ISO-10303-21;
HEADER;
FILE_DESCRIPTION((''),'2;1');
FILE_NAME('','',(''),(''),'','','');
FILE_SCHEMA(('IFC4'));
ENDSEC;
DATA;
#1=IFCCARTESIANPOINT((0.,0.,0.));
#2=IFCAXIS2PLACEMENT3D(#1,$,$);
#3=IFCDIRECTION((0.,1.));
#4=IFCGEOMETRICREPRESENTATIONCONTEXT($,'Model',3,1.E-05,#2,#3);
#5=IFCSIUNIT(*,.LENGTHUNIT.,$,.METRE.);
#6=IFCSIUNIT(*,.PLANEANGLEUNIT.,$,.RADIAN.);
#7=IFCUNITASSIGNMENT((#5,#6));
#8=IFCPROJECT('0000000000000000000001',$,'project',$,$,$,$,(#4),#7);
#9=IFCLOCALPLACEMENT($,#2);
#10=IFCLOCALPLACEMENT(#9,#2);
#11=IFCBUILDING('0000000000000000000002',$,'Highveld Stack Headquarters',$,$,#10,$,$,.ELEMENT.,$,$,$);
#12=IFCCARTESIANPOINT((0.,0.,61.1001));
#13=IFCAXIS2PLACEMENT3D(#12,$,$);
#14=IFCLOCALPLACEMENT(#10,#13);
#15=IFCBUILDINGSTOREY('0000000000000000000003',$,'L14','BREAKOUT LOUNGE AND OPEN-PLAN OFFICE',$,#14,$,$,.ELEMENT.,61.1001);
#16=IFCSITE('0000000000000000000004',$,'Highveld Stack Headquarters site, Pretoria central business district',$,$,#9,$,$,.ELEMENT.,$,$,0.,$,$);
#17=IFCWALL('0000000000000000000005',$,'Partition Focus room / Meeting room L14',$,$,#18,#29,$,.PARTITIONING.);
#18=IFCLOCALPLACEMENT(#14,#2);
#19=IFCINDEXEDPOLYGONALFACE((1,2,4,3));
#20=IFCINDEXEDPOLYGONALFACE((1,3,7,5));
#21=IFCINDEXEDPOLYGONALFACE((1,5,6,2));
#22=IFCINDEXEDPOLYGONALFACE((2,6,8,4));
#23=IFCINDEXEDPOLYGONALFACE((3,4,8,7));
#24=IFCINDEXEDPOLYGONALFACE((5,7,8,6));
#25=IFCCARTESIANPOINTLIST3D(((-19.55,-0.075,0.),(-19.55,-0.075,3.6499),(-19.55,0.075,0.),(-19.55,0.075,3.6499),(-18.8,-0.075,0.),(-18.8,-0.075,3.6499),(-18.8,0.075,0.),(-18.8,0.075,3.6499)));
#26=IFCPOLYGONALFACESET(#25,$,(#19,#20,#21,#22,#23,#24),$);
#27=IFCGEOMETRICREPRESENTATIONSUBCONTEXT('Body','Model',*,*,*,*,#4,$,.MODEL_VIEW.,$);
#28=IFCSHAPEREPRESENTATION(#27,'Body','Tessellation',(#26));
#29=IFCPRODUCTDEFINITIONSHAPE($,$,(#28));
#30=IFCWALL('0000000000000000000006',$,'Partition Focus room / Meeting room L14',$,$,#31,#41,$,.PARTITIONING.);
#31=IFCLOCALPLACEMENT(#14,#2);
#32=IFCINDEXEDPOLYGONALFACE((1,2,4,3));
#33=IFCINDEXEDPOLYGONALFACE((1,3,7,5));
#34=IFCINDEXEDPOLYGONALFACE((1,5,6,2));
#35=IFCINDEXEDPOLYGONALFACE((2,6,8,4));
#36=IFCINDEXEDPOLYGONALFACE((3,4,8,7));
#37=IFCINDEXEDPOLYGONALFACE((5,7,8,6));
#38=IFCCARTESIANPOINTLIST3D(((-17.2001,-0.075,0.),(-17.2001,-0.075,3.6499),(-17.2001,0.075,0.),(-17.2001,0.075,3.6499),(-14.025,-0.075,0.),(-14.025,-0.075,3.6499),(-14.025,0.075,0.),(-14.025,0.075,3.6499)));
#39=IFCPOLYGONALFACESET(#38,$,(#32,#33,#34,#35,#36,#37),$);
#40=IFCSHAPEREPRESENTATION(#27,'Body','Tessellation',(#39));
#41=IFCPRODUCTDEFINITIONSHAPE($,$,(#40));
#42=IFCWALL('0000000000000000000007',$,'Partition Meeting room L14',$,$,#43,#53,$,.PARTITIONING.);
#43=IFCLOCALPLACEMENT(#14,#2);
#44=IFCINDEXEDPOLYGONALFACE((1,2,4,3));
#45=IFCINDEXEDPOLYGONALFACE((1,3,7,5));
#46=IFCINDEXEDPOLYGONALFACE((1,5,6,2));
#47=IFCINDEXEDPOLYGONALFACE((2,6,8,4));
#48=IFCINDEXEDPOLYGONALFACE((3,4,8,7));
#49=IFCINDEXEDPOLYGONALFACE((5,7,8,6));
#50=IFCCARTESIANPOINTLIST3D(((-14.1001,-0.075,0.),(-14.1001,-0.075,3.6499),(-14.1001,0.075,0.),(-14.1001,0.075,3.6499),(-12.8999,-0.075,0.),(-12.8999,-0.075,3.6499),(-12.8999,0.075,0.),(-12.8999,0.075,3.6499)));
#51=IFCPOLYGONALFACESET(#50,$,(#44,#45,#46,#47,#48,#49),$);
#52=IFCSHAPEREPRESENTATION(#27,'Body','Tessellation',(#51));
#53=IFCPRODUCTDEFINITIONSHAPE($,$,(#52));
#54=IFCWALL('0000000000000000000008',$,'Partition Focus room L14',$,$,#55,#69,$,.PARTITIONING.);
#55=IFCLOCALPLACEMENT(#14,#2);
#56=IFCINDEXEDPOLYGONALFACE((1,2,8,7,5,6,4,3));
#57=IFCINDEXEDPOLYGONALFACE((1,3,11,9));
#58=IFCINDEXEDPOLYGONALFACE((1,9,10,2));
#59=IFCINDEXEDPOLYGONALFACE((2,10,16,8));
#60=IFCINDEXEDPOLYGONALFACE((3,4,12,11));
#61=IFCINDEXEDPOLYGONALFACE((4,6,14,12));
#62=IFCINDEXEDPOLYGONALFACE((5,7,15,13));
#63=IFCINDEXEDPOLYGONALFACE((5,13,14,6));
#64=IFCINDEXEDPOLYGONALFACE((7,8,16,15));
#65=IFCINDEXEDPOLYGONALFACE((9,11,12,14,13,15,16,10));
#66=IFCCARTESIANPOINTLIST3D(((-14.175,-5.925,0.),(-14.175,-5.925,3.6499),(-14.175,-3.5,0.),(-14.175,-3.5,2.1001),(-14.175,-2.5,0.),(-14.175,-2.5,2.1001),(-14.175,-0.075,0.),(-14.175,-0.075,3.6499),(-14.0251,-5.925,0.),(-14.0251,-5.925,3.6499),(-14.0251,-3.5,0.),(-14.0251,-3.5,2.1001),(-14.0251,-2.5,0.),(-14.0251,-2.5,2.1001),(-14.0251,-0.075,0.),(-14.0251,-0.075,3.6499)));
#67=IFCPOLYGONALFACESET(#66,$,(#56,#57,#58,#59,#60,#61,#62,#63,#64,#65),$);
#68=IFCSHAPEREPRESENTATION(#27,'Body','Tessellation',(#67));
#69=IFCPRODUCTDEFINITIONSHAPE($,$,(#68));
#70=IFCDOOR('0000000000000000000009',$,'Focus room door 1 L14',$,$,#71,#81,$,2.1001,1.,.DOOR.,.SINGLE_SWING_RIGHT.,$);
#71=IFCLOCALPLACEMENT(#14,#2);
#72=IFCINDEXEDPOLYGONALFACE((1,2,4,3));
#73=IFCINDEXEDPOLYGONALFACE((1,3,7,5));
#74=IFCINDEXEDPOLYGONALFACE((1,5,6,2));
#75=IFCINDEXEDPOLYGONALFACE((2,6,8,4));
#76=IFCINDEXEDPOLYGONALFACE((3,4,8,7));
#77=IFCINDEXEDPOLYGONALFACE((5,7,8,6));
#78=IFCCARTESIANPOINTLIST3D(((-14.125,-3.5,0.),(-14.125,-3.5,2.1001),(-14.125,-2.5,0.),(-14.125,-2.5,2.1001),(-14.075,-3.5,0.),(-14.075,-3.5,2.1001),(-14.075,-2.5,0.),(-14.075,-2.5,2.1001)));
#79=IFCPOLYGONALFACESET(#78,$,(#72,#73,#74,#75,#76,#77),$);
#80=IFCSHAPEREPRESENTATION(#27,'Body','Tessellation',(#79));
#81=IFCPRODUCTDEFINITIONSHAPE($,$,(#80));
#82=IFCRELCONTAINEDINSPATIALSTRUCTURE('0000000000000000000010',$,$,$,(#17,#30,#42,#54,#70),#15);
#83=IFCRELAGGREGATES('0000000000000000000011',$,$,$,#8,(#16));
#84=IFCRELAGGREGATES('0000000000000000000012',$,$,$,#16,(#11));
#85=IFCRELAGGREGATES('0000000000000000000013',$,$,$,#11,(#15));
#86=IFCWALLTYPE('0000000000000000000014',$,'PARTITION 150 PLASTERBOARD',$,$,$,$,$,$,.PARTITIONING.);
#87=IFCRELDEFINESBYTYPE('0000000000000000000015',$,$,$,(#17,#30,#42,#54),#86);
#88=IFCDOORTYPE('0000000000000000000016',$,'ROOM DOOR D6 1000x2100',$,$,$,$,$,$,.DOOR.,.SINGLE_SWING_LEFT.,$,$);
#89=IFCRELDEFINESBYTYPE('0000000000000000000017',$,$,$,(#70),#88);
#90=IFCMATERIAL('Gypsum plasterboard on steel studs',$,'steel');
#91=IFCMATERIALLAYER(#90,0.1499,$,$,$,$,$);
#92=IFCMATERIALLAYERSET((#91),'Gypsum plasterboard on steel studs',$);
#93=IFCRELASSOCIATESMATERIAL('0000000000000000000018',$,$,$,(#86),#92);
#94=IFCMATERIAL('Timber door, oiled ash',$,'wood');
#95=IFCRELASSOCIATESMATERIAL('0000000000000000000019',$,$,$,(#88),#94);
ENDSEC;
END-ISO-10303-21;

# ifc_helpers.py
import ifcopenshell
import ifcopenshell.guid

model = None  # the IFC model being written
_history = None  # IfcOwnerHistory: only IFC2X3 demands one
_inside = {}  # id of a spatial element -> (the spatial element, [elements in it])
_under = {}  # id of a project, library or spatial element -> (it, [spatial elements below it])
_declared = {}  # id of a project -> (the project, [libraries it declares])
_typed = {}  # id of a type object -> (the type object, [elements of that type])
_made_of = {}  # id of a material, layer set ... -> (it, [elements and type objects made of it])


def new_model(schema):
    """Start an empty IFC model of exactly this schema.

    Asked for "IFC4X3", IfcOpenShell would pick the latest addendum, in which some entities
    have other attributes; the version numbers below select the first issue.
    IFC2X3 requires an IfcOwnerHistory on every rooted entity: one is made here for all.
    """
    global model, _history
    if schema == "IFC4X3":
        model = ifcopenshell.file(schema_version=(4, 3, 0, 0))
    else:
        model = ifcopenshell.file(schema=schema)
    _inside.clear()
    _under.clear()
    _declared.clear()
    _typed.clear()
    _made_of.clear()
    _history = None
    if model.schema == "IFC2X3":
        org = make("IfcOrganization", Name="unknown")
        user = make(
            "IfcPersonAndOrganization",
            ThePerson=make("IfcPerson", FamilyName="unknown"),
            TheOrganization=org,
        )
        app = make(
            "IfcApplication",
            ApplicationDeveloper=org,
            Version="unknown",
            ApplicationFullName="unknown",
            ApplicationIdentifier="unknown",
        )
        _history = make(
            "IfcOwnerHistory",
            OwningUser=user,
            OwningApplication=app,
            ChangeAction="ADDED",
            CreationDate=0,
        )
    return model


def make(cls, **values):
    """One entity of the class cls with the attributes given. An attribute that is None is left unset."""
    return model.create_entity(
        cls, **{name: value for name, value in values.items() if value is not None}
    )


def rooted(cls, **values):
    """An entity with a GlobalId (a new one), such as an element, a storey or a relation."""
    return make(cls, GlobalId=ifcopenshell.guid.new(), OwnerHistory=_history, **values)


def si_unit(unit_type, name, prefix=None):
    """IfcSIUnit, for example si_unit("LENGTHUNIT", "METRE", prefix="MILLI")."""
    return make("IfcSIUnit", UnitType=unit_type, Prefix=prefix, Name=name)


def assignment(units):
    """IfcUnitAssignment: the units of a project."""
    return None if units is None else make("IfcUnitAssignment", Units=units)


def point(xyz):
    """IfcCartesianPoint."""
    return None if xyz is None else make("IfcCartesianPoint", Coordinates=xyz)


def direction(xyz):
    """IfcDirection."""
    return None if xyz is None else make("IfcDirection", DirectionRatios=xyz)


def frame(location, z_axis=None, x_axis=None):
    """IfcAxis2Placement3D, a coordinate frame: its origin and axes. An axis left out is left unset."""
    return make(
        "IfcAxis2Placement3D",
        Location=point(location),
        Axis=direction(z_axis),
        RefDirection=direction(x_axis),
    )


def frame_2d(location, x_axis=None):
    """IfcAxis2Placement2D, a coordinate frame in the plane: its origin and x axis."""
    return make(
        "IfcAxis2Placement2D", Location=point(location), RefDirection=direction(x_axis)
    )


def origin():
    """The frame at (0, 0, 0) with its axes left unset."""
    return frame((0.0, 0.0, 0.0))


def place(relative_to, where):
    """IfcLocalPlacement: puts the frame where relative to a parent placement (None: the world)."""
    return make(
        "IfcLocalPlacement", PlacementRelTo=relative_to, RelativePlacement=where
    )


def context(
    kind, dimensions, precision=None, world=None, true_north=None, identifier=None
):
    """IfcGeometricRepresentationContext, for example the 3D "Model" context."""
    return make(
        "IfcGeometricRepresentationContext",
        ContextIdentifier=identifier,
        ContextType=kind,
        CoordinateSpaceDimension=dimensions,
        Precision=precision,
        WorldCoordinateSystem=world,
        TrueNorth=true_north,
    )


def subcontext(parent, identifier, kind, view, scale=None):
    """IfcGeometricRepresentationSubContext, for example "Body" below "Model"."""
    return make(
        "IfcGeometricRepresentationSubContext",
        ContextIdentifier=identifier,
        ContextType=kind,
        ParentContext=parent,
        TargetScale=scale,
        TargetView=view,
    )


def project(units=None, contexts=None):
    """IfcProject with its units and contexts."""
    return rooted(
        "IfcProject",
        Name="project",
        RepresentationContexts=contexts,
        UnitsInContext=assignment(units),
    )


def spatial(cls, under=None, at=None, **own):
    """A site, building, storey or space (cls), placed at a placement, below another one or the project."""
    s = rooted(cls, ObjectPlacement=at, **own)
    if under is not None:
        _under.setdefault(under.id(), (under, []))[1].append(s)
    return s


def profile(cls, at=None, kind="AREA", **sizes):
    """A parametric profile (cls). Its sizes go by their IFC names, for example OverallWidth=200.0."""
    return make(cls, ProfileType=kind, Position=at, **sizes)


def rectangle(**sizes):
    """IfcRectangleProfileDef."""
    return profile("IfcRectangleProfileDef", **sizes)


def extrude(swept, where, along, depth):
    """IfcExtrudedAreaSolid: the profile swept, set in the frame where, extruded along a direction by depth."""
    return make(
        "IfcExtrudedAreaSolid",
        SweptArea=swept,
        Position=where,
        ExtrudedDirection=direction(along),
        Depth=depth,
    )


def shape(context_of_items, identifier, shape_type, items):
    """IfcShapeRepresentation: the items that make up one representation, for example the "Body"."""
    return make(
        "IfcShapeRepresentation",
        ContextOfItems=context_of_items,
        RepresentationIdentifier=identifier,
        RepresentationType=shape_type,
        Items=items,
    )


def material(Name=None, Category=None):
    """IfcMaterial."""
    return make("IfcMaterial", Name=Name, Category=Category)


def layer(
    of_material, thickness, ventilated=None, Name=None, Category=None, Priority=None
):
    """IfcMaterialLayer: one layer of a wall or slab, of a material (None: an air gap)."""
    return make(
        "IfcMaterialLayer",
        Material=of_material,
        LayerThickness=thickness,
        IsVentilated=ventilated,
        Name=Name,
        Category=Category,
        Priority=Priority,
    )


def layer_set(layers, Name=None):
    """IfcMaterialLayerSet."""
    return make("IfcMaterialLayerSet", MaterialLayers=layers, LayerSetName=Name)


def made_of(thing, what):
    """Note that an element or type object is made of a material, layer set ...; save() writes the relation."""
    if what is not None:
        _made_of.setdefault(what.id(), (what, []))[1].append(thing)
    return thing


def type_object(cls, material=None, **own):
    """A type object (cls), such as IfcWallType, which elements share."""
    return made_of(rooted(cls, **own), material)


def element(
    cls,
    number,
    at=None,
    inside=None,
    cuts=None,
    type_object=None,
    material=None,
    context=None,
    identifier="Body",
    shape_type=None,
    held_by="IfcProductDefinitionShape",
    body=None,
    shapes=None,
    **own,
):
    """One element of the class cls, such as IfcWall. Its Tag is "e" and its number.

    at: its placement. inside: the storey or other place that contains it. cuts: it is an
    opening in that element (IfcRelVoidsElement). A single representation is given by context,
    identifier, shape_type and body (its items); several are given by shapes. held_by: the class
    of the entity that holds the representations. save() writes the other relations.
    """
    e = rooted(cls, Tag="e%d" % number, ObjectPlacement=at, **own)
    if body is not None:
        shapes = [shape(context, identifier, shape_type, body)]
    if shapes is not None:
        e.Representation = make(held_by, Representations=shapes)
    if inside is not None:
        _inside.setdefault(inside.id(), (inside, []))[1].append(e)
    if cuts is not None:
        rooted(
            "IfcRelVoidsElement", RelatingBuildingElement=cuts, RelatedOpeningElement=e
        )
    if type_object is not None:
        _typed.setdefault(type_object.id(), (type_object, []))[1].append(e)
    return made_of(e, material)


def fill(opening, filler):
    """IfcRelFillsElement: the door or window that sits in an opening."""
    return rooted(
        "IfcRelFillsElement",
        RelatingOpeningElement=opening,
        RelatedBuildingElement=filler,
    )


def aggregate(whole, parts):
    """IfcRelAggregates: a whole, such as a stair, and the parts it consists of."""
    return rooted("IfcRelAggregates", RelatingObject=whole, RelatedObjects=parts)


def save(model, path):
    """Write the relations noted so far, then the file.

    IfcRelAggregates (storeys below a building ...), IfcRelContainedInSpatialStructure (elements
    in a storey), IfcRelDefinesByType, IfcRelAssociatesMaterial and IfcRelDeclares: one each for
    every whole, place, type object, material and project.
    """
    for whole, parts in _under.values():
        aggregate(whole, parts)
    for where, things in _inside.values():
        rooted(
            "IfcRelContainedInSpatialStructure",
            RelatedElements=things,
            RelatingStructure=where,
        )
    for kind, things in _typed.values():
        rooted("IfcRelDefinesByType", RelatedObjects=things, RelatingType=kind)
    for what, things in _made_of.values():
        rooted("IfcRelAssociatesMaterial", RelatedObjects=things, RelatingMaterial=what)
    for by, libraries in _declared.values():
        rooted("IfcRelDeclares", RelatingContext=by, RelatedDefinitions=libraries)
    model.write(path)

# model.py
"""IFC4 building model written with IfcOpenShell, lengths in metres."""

from ifc_helpers import new_model, si_unit, direction, frame, frame_2d, origin, place, context, subcontext, project, spatial, rectangle, extrude, material, layer, layer_set, type_object, element, fill, save


model = new_model("IFC4")

# Units and contexts
model_context = context("Model", 3, precision=1e-05, world=origin(), true_north=direction((0.0, 1.0)))
body_context = subcontext(model_context, "Body", "Model", "MODEL_VIEW")
ifc_project = project(units=[si_unit("LENGTHUNIT", "METRE"), si_unit("PLANEANGLEUNIT", "RADIAN")], contexts=[model_context])

# Site, building, storey
site_placement = place(None, origin())
site = spatial("IfcSite", under=ifc_project, at=site_placement, Name="Highveld Stack Headquarters site, Pretoria central business district", CompositionType="ELEMENT", RefElevation=0.0)
building_placement = place(site_placement, origin())
building = spatial("IfcBuilding", under=site, at=building_placement, Name="Highveld Stack Headquarters", CompositionType="ELEMENT")
storey_placement = place(building_placement, frame((0.0, 0.0, 61.1001)))
storey = spatial("IfcBuildingStorey", under=building, at=storey_placement, Name="L14", Description="BREAKOUT LOUNGE AND OPEN-PLAN OFFICE", CompositionType="ELEMENT", Elevation=61.1001)

# Walls
ifc_material_1 = material(Name="Gypsum plasterboard on steel studs", Category="steel")
ifc_layer_1 = layer(ifc_material_1, 0.1499)
ifc_layer_set_1 = layer_set([ifc_layer_1], Name="Gypsum plasterboard on steel studs")
wall_type = type_object("IfcWallType", Name="PARTITION 150 PLASTERBOARD", PredefinedType="PARTITIONING", material=ifc_layer_set_1)
wall_1_placement = place(storey_placement, frame((-19.55, 0.0, 0.0), z_axis=(0.0, 0.0, 1.0), x_axis=(1.0, 0.0, 0.0)))
element("IfcWall", 1, at=wall_1_placement, inside=storey, type_object=wall_type, Name="Partition Focus room / Meeting room L14", PredefinedType="PARTITIONING", context=body_context, shape_type="SweptSolid", body=[
    extrude(rectangle(XDim=0.75, YDim=0.1499, at=frame_2d((0.375, 0.0))), origin(), (0.0, 0.0, 1.0), 3.6499),
])
wall_2_placement = place(storey_placement, frame((-17.2, 0.0, 0.0), z_axis=(0.0, 0.0, 1.0), x_axis=(1.0, 0.0, 0.0)))
element("IfcWall", 2, at=wall_2_placement, inside=storey, type_object=wall_type, Name="Partition Focus room / Meeting room L14", PredefinedType="PARTITIONING", context=body_context, shape_type="SweptSolid", body=[
    extrude(rectangle(XDim=3.175, YDim=0.1499, at=frame_2d((1.5874, 0.0))), origin(), (0.0, 0.0, 1.0), 3.6499),
])
wall_3_placement = place(storey_placement, frame((-14.1001, 0.0, 0.0), z_axis=(0.0, 0.0, 1.0), x_axis=(1.0, 0.0, 0.0)))
element("IfcWall", 3, at=wall_3_placement, inside=storey, type_object=wall_type, Name="Partition Meeting room L14", PredefinedType="PARTITIONING", context=body_context, shape_type="SweptSolid", body=[
    extrude(rectangle(XDim=1.2002, YDim=0.1499, at=frame_2d((0.6001, 0.0))), origin(), (0.0, 0.0, 1.0), 3.6499),
])

# Wall, opening, door
wall_4_placement = place(storey_placement, frame((-14.1001, -5.925, 0.0), z_axis=(0.0, 0.0, 1.0), x_axis=(0.0, 1.0, 0.0)))
wall_4 = element("IfcWall", 4, at=wall_4_placement, inside=storey, type_object=wall_type, Name="Partition Focus room L14", PredefinedType="PARTITIONING", context=body_context, shape_type="SweptSolid", body=[
    extrude(rectangle(XDim=5.8501, YDim=0.1499, at=frame_2d((2.925, 0.0))), origin(), (0.0, 0.0, 1.0), 3.6499),
])
opening_placement = place(wall_4_placement, frame((2.425, 0.0, 0.0)))
opening = element("IfcOpeningElement", 5, at=opening_placement, cuts=wall_4, PredefinedType="OPENING", context=body_context, shape_type="SweptSolid", body=[
    extrude(rectangle(XDim=1.0, YDim=2.1001, at=frame_2d((0.5, 1.05))), frame((0.0, 0.085, 0.0), z_axis=(0.0, -1.0, 0.0), x_axis=(1.0, 0.0, 0.0)), (0.0, 0.0, 1.0), 0.1699),
])
ifc_material_2 = material(Name="Timber door, oiled ash", Category="wood")
door_type = type_object("IfcDoorType", Name="ROOM DOOR D6 1000x2100", OperationType="SINGLE_SWING_LEFT", PredefinedType="DOOR", material=ifc_material_2)
door_placement = place(opening_placement, origin())
door = element("IfcDoor", 6, at=door_placement, inside=storey, type_object=door_type, Name="Focus room door 1 L14", OperationType="SINGLE_SWING_RIGHT", OverallHeight=2.1001, OverallWidth=1.0, PredefinedType="DOOR", context=body_context, shape_type="SweptSolid", body=[
    extrude(rectangle(XDim=1.0, YDim=2.1001, at=frame_2d((0.5, 1.05))), frame((0.0, 0.0249, 0.0), z_axis=(0.0, -1.0, 0.0), x_axis=(1.0, 0.0, 0.0)), (0.0, 0.0, 1.0), 0.05),
])
fill(opening, door)

save(model, "model.ifc")
